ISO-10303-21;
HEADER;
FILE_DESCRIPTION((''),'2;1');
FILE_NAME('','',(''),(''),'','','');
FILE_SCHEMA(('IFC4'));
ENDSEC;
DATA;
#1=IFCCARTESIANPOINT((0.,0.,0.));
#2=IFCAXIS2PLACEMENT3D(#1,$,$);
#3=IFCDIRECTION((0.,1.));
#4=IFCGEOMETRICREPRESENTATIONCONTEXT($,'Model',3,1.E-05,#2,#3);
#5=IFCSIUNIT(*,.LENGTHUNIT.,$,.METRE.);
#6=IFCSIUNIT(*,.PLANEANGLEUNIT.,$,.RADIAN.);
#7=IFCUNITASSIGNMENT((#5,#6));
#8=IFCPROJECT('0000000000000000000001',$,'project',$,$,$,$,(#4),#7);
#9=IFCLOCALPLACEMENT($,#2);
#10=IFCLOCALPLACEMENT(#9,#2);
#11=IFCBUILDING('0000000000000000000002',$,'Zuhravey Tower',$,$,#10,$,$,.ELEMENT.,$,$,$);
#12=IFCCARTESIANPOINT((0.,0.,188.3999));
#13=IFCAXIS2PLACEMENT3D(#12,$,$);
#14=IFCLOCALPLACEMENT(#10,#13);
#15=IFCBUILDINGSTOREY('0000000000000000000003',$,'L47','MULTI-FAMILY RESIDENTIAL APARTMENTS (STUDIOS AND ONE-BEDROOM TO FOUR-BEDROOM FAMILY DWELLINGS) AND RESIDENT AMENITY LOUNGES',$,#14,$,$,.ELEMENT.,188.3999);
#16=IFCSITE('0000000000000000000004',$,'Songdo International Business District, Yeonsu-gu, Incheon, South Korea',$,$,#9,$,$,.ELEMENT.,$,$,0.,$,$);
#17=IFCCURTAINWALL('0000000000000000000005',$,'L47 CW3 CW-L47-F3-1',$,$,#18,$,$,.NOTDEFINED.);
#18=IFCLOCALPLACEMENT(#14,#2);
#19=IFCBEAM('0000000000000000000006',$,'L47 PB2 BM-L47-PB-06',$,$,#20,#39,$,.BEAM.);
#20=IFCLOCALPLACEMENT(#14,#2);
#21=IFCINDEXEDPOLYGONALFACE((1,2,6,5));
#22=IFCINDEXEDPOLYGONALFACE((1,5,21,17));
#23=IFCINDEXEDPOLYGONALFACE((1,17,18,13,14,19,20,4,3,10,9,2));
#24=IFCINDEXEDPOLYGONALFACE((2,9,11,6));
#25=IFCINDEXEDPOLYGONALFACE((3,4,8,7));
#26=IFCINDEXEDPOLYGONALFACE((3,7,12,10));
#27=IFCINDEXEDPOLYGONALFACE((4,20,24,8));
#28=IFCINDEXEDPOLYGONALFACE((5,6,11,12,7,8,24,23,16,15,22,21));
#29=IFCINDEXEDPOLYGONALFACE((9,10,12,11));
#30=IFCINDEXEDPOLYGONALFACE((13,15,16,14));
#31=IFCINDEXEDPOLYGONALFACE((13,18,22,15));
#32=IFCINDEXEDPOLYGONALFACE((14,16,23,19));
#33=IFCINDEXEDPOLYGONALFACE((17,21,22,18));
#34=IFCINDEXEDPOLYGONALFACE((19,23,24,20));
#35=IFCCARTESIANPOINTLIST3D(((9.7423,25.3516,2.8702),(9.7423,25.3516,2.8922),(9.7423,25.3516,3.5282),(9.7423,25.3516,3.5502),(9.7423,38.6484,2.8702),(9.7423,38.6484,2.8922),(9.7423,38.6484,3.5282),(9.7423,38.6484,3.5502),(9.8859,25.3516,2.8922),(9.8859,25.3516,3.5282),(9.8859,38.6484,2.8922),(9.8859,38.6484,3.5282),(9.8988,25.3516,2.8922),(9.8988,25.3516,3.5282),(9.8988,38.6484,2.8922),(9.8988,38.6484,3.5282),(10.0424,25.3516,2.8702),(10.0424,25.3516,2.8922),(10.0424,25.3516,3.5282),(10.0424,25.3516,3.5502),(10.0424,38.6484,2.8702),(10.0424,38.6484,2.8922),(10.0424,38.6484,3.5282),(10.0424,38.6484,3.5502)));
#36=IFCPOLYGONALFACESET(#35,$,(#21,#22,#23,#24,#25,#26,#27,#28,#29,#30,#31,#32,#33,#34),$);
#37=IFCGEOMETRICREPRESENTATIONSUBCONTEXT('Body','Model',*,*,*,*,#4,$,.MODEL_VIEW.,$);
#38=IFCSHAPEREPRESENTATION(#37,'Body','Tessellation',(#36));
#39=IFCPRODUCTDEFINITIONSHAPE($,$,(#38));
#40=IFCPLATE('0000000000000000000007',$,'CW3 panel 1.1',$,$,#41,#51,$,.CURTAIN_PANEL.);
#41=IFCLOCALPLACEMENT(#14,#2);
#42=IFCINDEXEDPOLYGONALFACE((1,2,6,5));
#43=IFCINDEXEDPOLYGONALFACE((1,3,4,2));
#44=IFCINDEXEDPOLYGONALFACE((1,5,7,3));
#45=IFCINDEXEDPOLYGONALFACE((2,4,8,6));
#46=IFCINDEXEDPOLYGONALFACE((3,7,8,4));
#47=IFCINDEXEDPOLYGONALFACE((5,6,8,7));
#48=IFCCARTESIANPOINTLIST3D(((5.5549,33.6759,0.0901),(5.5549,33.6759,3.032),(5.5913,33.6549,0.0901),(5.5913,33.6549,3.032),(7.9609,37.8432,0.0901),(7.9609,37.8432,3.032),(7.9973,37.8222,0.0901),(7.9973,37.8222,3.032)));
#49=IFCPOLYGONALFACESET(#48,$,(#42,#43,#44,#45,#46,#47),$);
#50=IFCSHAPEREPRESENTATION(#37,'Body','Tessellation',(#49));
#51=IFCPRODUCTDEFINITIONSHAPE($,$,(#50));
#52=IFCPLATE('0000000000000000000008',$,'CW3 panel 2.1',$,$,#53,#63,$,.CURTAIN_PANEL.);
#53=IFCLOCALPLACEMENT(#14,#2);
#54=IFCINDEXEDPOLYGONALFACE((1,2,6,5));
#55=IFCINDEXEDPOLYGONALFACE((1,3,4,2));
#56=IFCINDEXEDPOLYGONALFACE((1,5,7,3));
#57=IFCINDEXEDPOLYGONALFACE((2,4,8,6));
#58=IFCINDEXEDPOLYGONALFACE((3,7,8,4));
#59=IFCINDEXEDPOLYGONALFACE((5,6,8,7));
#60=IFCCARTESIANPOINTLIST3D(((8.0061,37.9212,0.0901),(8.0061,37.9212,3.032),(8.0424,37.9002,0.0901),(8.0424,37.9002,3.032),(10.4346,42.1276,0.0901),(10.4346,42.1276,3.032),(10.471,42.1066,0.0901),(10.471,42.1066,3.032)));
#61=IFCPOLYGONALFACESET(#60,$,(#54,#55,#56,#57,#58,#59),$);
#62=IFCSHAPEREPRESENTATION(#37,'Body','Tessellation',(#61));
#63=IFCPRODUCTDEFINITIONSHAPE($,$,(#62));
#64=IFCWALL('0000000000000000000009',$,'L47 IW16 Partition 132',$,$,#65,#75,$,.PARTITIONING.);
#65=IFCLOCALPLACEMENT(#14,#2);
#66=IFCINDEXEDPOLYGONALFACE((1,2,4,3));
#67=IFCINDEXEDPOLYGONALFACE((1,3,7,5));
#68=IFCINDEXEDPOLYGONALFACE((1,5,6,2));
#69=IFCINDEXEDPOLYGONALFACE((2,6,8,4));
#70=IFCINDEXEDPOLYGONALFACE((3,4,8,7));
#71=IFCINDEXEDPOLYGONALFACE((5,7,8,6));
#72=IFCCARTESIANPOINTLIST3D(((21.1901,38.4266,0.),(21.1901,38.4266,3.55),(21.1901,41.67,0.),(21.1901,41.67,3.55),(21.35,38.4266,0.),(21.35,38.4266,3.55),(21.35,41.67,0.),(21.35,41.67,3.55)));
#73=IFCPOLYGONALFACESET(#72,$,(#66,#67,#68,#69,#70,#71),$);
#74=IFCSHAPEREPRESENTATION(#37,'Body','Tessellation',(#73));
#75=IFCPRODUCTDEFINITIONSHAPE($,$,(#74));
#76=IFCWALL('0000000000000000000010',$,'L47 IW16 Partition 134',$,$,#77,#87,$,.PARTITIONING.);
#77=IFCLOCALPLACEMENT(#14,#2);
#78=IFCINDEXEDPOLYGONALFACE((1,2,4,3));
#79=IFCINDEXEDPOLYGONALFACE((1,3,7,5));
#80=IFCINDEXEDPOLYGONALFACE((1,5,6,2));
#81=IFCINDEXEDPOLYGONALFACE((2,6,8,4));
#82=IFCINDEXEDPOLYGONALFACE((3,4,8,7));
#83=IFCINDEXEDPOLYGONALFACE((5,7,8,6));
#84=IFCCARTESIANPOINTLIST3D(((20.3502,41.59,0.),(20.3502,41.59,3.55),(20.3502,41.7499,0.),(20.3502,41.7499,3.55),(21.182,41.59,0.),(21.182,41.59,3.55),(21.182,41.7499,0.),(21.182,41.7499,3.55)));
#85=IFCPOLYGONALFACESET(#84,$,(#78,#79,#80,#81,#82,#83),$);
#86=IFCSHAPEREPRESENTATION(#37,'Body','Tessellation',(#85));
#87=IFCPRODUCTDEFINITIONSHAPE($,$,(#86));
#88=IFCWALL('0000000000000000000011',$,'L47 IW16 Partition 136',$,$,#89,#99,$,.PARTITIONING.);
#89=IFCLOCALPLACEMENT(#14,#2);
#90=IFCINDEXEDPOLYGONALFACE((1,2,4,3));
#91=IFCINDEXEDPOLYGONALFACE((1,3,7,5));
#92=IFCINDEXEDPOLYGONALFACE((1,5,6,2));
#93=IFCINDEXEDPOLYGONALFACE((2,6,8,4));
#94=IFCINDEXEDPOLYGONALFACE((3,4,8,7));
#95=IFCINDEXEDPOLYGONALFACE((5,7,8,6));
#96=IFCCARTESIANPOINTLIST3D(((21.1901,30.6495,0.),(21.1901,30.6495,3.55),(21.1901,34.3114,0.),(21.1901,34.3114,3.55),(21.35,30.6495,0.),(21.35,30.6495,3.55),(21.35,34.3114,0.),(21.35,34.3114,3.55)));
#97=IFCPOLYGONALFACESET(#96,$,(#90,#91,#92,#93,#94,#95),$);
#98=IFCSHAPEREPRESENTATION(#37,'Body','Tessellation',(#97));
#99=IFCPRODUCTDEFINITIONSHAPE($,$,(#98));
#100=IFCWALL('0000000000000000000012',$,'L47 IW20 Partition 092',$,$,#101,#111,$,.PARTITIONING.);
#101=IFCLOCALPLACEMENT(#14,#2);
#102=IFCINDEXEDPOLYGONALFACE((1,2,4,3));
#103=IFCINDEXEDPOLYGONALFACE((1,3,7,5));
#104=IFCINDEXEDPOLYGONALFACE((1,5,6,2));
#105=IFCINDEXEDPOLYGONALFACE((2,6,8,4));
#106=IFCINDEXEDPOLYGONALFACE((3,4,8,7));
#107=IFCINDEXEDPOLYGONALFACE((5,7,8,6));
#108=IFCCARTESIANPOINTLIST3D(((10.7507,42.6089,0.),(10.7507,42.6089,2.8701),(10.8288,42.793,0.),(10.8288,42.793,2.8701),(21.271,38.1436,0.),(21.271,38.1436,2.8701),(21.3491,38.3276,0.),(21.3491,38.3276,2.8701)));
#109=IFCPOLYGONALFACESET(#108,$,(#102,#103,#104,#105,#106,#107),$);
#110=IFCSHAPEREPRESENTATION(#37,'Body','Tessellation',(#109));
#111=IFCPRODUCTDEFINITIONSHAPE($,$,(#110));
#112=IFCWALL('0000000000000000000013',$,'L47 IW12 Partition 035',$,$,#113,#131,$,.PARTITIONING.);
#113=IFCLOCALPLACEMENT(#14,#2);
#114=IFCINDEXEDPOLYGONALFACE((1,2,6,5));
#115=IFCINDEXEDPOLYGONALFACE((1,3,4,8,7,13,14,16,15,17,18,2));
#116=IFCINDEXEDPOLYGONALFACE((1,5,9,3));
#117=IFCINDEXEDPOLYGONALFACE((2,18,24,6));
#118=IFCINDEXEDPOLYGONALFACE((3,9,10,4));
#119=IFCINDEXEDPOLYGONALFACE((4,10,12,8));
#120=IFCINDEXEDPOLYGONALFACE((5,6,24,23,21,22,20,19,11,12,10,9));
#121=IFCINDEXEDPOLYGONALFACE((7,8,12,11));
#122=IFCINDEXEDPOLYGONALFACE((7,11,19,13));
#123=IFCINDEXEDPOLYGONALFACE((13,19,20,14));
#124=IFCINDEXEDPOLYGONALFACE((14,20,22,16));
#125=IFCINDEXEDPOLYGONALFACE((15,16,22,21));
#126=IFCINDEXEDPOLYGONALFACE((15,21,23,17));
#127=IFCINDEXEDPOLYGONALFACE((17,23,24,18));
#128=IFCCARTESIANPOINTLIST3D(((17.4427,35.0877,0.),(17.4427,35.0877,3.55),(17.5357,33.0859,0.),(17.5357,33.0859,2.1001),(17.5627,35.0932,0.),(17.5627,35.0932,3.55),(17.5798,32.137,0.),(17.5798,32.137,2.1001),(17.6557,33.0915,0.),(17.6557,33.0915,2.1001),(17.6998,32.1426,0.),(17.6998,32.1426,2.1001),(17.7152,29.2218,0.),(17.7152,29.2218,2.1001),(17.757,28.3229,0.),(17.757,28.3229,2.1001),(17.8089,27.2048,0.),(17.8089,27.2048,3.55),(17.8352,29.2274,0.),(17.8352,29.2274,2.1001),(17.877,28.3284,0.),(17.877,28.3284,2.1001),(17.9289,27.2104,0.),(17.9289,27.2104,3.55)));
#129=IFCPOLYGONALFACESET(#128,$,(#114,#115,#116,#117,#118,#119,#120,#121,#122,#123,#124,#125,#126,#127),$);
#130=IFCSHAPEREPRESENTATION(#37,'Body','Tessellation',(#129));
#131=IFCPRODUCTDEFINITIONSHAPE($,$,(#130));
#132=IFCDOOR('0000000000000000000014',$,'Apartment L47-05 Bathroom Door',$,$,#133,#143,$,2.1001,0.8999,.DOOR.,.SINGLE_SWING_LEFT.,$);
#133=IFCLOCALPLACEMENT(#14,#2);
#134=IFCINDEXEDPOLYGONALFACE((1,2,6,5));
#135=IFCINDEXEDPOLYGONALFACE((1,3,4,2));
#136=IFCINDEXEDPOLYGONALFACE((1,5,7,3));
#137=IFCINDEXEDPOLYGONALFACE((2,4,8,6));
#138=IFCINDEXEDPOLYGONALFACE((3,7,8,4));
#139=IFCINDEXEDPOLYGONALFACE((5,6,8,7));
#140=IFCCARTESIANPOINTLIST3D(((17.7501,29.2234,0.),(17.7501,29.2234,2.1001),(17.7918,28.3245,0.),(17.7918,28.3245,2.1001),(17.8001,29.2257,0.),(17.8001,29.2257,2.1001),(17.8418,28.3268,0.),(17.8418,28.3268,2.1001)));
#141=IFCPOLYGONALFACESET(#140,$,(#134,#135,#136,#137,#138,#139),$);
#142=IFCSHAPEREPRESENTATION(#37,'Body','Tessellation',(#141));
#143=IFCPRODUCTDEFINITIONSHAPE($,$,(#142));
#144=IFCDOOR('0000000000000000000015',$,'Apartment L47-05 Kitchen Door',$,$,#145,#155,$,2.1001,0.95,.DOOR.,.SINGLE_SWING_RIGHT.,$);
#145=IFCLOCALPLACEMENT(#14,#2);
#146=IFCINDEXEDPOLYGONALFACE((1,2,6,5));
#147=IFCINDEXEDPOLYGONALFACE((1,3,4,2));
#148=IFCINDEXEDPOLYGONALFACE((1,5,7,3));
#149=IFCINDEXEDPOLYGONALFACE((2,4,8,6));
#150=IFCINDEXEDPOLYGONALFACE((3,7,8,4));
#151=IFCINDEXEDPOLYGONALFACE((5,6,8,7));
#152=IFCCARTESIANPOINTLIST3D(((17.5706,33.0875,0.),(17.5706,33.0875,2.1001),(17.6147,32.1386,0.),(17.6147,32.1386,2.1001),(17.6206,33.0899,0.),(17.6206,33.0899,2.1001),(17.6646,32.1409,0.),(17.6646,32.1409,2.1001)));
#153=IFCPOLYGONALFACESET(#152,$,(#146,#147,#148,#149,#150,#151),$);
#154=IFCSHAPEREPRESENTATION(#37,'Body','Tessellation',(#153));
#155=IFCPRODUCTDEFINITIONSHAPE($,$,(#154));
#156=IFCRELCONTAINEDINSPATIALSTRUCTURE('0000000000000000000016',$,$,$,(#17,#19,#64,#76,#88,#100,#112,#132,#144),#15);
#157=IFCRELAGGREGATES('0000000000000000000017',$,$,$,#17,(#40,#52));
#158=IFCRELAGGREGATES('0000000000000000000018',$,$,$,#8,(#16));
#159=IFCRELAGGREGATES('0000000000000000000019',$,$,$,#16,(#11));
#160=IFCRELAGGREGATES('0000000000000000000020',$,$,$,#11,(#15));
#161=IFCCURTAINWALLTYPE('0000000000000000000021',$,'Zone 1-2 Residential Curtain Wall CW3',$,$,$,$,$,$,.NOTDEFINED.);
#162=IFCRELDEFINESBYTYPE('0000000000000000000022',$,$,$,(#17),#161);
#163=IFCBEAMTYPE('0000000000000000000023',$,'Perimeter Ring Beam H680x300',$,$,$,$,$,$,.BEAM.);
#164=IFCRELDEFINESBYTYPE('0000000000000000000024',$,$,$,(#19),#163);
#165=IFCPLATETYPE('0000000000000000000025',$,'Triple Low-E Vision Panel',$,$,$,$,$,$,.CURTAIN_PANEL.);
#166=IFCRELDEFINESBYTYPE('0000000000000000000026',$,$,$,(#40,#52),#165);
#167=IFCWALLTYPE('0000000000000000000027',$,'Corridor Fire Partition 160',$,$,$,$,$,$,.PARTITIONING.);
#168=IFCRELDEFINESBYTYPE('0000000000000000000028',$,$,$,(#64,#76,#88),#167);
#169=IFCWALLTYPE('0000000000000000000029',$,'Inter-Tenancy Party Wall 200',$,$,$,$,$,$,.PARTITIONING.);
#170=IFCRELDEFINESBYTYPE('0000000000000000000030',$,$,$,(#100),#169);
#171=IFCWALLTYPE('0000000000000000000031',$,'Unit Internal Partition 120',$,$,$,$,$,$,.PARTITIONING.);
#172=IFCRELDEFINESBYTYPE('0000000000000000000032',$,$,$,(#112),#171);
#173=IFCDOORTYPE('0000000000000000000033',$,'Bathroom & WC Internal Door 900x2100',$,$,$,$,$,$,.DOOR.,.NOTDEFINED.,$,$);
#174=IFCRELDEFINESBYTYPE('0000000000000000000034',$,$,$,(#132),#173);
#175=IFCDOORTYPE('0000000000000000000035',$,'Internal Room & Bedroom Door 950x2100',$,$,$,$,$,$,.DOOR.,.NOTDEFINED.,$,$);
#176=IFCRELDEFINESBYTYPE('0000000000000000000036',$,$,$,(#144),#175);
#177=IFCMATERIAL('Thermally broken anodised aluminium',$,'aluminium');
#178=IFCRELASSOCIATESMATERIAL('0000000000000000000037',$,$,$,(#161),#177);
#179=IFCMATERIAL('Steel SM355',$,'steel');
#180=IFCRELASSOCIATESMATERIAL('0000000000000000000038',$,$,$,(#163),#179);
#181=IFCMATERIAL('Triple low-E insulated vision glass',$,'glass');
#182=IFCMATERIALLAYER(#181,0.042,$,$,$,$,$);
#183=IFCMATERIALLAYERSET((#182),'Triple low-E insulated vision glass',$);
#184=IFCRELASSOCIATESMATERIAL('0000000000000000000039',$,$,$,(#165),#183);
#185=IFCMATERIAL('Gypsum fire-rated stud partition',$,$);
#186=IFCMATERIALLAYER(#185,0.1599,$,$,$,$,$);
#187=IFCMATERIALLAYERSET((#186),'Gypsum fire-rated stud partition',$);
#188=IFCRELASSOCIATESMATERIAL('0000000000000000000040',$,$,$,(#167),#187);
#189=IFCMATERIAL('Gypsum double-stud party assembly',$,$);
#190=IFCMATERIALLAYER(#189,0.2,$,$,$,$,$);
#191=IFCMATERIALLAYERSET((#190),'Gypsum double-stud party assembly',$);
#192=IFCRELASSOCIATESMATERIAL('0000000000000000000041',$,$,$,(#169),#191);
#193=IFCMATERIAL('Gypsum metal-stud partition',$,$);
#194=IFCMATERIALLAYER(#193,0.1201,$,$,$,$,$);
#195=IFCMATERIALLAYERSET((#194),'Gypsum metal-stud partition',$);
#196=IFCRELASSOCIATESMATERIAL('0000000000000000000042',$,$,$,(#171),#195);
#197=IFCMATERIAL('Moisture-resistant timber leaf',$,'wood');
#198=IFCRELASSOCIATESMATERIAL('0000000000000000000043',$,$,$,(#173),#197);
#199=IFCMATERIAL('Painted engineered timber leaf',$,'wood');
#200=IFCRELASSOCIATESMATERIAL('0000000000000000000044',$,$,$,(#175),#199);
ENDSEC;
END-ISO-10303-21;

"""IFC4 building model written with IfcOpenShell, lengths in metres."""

from ifc_helpers import new_model, si_unit, direction, frame, frame_2d, origin, origin_2d, place, context, subcontext, project, spatial, rectangle, i_section, extrude, material, layer, layer_set, material_profile, profile_set, type_object, element, fill, aggregate, save


model = new_model("IFC4")

# Units and contexts
model_context = context("Model", 3, precision=1e-05, world=origin(), true_north=direction((0.0, 1.0)))
body_context = subcontext(model_context, "Body", "Model", "MODEL_VIEW")
ifc_project = project(units=[si_unit("LENGTHUNIT", "METRE"), si_unit("PLANEANGLEUNIT", "RADIAN")], contexts=[model_context])

# Site, building, storey
site_placement = place(None, origin())
site = spatial("IfcSite", under=ifc_project, at=site_placement, Name="Songdo International Business District, Yeonsu-gu, Incheon, South Korea", CompositionType="ELEMENT", RefElevation=0.0)
building_placement = place(site_placement, origin())
building = spatial("IfcBuilding", under=site, at=building_placement, Name="Zuhravey Tower", CompositionType="ELEMENT")
storey_placement = place(building_placement, frame((0.0, 0.0, 188.3999)))
storey = spatial("IfcBuildingStorey", under=building, at=storey_placement, Name="L47", Description="MULTI-FAMILY RESIDENTIAL APARTMENTS (STUDIOS AND ONE-BEDROOM TO FOUR-BEDROOM FAMILY DWELLINGS) AND RESIDENT AMENITY LOUNGES", CompositionType="ELEMENT", Elevation=188.3999)

# Curtain wall
ifc_material_1 = material(Name="Thermally broken anodised aluminium", Category="aluminium")
curtain_wall_type = type_object("IfcCurtainWallType", Name="Zone 1-2 Residential Curtain Wall CW3", PredefinedType="NOTDEFINED", material=ifc_material_1)
curtain_wall_placement = place(storey_placement, origin())
curtain_wall = element("IfcCurtainWall", 1, at=curtain_wall_placement, inside=storey, type_object=curtain_wall_type, Name="L47 CW3 CW-L47-F3-1", PredefinedType="NOTDEFINED")

# Beam
ifc_material_2 = material(Name="Steel SM355", Category="steel")
ifc_material_profile_1 = material_profile(ifc_material_2, i_section(OverallWidth=0.3, OverallDepth=0.6799, WebThickness=0.0129, FlangeThickness=0.022, at=origin_2d()), Name="H-680x300x13x22")
ifc_profile_set_1 = profile_set([ifc_material_profile_1], Name="Steel SM355")
beam_type_1 = type_object("IfcBeamType", Name="Perimeter Ring Beam H680x300", PredefinedType="BEAM", material=ifc_profile_set_1)
beam_1_placement = place(storey_placement, frame((9.8923, 38.6484, 3.2102), z_axis=(0.0, -1.0, 0.0), x_axis=(1.0, 0.0, 0.0)))
element("IfcBeam", 2, at=beam_1_placement, inside=storey, type_object=beam_type_1, Name="L47 PB2 BM-L47-PB-06", PredefinedType="BEAM", context=body_context, shape_type="SweptSolid", body=[
    extrude(i_section(OverallWidth=0.3, OverallDepth=0.6799, WebThickness=0.0129, FlangeThickness=0.022, at=origin_2d()), origin(), (0.0, 0.0, 1.0), 13.2969),
])

# Plates
ifc_material_3 = material(Name="Triple low-E insulated vision glass", Category="glass")
ifc_layer_1 = layer(ifc_material_3, 0.042)
ifc_layer_set_1 = layer_set([ifc_layer_1], Name="Triple low-E insulated vision glass")
plate_type = type_object("IfcPlateType", Name="Triple Low-E Vision Panel", PredefinedType="CURTAIN_PANEL", material=ifc_layer_set_1)
plate_1_placement = place(storey_placement, frame((6.7761, 35.749, 0.0901), z_axis=(0.0, 0.0, 1.0), x_axis=(0.499999, 0.866026, 0.0)))
plate_1 = element("IfcPlate", 3, at=plate_1_placement, type_object=plate_type, Name="CW3 panel 1.1", PredefinedType="CURTAIN_PANEL", context=body_context, shape_type="SweptSolid", body=[
    extrude(rectangle(XDim=4.812, YDim=0.042, at=origin_2d()), origin(), (0.0, 0.0, 1.0), 2.9419),
])
plate_2_placement = place(storey_placement, frame((9.2385, 40.0139, 0.0901), z_axis=(0.0, 0.0, 1.0), x_axis=(0.499999, 0.866026, 0.0)))
plate_2 = element("IfcPlate", 4, at=plate_2_placement, type_object=plate_type, Name="CW3 panel 2.1", PredefinedType="CURTAIN_PANEL", context=body_context, shape_type="SweptSolid", body=[
    extrude(rectangle(XDim=4.8572, YDim=0.042, at=origin_2d()), origin(), (0.0, 0.0, 1.0), 2.9419),
])
aggregate(curtain_wall, [plate_1, plate_2])

# Shared definitions
ifc_material_4 = material(Name="Gypsum fire-rated stud partition")
ifc_layer_2 = layer(ifc_material_4, 0.1599)
ifc_layer_set_2 = layer_set([ifc_layer_2], Name="Gypsum fire-rated stud partition")
wall_type_1 = type_object("IfcWallType", Name="Corridor Fire Partition 160", PredefinedType="PARTITIONING", material=ifc_layer_set_2)

# Walls
wall_1_placement = place(storey_placement, frame((21.27, 41.6699, 0.0), z_axis=(0.0, 0.0, 1.0), x_axis=(0.0, -1.0, 0.0)))
element("IfcWall", 5, at=wall_1_placement, inside=storey, type_object=wall_type_1, Name="L47 IW16 Partition 132", PredefinedType="PARTITIONING", context=body_context, shape_type="SweptSolid", body=[
    extrude(rectangle(XDim=3.2434, YDim=0.1599, at=frame_2d((1.6216, 0.0))), origin(), (0.0, 0.0, 1.0), 3.55),
])
wall_2_placement = place(storey_placement, frame((20.3501, 41.6699, 0.0), z_axis=(0.0, 0.0, 1.0), x_axis=(1.0, 0.0, 0.0)))
element("IfcWall", 6, at=wall_2_placement, inside=storey, type_object=wall_type_1, Name="L47 IW16 Partition 134", PredefinedType="PARTITIONING", context=body_context, shape_type="SweptSolid", body=[
    extrude(rectangle(XDim=0.8318, YDim=0.1599, at=frame_2d((0.416, 0.0))), origin(), (0.0, 0.0, 1.0), 3.55),
])
wall_3_placement = place(storey_placement, frame((21.27, 34.3115, 0.0), z_axis=(0.0, 0.0, 1.0), x_axis=(0.0, -1.0, 0.0)))
element("IfcWall", 7, at=wall_3_placement, inside=storey, type_object=wall_type_1, Name="L47 IW16 Partition 136", PredefinedType="PARTITIONING", context=body_context, shape_type="SweptSolid", body=[
    extrude(rectangle(XDim=3.6619, YDim=0.1599, at=frame_2d((1.8311, 0.0))), origin(), (0.0, 0.0, 1.0), 3.55),
])
ifc_material_5 = material(Name="Gypsum double-stud party assembly")
ifc_layer_3 = layer(ifc_material_5, 0.2)
ifc_layer_set_3 = layer_set([ifc_layer_3], Name="Gypsum double-stud party assembly")
wall_type_2 = type_object("IfcWallType", Name="Inter-Tenancy Party Wall 200", PredefinedType="PARTITIONING", material=ifc_layer_set_3)
wall_4_placement = place(storey_placement, frame((21.3101, 38.2356, 0.0), z_axis=(0.0, 0.0, 1.0), x_axis=(-0.920513, 0.390712, 0.0)))
element("IfcWall", 8, at=wall_4_placement, inside=storey, type_object=wall_type_2, Name="L47 IW20 Partition 092", PredefinedType="PARTITIONING", context=body_context, shape_type="SweptSolid", body=[
    extrude(rectangle(XDim=11.4287, YDim=0.2, at=frame_2d((5.7144, 0.0))), origin(), (0.0, 0.0, 1.0), 2.8701),
])

# Wall, openings, doors
ifc_material_6 = material(Name="Gypsum metal-stud partition")
ifc_layer_4 = layer(ifc_material_6, 0.1201)
ifc_layer_set_4 = layer_set([ifc_layer_4], Name="Gypsum metal-stud partition")
wall_type_3 = type_object("IfcWallType", Name="Unit Internal Partition 120", PredefinedType="PARTITIONING", material=ifc_layer_set_4)
wall_5_placement = place(storey_placement, frame((17.5027, 35.0906, 0.0), z_axis=(0.0, 0.0, 1.0), x_axis=(0.046407, -0.998923, 0.0)))
wall_5 = element("IfcWall", 9, at=wall_5_placement, inside=storey, type_object=wall_type_3, Name="L47 IW12 Partition 035", PredefinedType="PARTITIONING", context=body_context, shape_type="SweptSolid", body=[
    extrude(rectangle(XDim=7.8914, YDim=0.1201, at=frame_2d((3.9458, 0.0))), origin(), (0.0, 0.0, 1.0), 3.55),
])
opening_1_placement = place(wall_5_placement, frame((2.0039, 0.0, 0.0)))
opening_1 = element("IfcOpeningElement", 10, at=opening_1_placement, cuts=wall_5, PredefinedType="OPENING", context=body_context, shape_type="SweptSolid", body=[
    extrude(rectangle(XDim=0.95, YDim=2.1001, at=frame_2d((0.4751, 1.05))), frame((0.0, 0.072, 0.0), z_axis=(0.0, -1.0, 0.0), x_axis=(1.0, 0.0, 0.0)), (0.0, 0.0, 1.0), 0.144),
])
opening_2_placement = place(wall_5_placement, frame((5.8723, 0.0, 0.0)))
opening_2 = element("IfcOpeningElement", 11, at=opening_2_placement, cuts=wall_5, PredefinedType="OPENING", context=body_context, shape_type="SweptSolid", body=[
    extrude(rectangle(XDim=0.8999, YDim=2.1001, at=frame_2d((0.45, 1.05))), frame((0.0, 0.072, 0.0), z_axis=(0.0, -1.0, 0.0), x_axis=(1.0, 0.0, 0.0)), (0.0, 0.0, 1.0), 0.144),
])
ifc_material_7 = material(Name="Moisture-resistant timber leaf", Category="wood")
door_type_1 = type_object("IfcDoorType", Name="Bathroom & WC Internal Door 900x2100", OperationType="NOTDEFINED", PredefinedType="DOOR", material=ifc_material_7)
door_1_placement = place(opening_2_placement, origin())
door_1 = element("IfcDoor", 12, at=door_1_placement, inside=storey, type_object=door_type_1, Name="Apartment L47-05 Bathroom Door", OperationType="SINGLE_SWING_LEFT", OverallHeight=2.1001, OverallWidth=0.8999, PredefinedType="DOOR", context=body_context, shape_type="SweptSolid", body=[
    extrude(rectangle(XDim=0.8999, YDim=2.1001, at=frame_2d((0.45, 1.05))), frame((0.0, 0.0249, 0.0), z_axis=(0.0, -1.0, 0.0), x_axis=(1.0, 0.0, 0.0)), (0.0, 0.0, 1.0), 0.05),
])
fill(opening_2, door_1)
ifc_material_8 = material(Name="Painted engineered timber leaf", Category="wood")
door_type_2 = type_object("IfcDoorType", Name="Internal Room & Bedroom Door 950x2100", OperationType="NOTDEFINED", PredefinedType="DOOR", material=ifc_material_8)
door_2_placement = place(opening_1_placement, origin())
door_2 = element("IfcDoor", 13, at=door_2_placement, inside=storey, type_object=door_type_2, Name="Apartment L47-05 Kitchen Door", OperationType="SINGLE_SWING_RIGHT", OverallHeight=2.1001, OverallWidth=0.95, PredefinedType="DOOR", context=body_context, shape_type="SweptSolid", body=[
    extrude(rectangle(XDim=0.95, YDim=2.1001, at=frame_2d((0.4751, 1.05))), frame((0.0, 0.0249, 0.0), z_axis=(0.0, -1.0, 0.0), x_axis=(1.0, 0.0, 0.0)), (0.0, 0.0, 1.0), 0.05),
])
fill(opening_1, door_2)

save(model, "model.ifc")
